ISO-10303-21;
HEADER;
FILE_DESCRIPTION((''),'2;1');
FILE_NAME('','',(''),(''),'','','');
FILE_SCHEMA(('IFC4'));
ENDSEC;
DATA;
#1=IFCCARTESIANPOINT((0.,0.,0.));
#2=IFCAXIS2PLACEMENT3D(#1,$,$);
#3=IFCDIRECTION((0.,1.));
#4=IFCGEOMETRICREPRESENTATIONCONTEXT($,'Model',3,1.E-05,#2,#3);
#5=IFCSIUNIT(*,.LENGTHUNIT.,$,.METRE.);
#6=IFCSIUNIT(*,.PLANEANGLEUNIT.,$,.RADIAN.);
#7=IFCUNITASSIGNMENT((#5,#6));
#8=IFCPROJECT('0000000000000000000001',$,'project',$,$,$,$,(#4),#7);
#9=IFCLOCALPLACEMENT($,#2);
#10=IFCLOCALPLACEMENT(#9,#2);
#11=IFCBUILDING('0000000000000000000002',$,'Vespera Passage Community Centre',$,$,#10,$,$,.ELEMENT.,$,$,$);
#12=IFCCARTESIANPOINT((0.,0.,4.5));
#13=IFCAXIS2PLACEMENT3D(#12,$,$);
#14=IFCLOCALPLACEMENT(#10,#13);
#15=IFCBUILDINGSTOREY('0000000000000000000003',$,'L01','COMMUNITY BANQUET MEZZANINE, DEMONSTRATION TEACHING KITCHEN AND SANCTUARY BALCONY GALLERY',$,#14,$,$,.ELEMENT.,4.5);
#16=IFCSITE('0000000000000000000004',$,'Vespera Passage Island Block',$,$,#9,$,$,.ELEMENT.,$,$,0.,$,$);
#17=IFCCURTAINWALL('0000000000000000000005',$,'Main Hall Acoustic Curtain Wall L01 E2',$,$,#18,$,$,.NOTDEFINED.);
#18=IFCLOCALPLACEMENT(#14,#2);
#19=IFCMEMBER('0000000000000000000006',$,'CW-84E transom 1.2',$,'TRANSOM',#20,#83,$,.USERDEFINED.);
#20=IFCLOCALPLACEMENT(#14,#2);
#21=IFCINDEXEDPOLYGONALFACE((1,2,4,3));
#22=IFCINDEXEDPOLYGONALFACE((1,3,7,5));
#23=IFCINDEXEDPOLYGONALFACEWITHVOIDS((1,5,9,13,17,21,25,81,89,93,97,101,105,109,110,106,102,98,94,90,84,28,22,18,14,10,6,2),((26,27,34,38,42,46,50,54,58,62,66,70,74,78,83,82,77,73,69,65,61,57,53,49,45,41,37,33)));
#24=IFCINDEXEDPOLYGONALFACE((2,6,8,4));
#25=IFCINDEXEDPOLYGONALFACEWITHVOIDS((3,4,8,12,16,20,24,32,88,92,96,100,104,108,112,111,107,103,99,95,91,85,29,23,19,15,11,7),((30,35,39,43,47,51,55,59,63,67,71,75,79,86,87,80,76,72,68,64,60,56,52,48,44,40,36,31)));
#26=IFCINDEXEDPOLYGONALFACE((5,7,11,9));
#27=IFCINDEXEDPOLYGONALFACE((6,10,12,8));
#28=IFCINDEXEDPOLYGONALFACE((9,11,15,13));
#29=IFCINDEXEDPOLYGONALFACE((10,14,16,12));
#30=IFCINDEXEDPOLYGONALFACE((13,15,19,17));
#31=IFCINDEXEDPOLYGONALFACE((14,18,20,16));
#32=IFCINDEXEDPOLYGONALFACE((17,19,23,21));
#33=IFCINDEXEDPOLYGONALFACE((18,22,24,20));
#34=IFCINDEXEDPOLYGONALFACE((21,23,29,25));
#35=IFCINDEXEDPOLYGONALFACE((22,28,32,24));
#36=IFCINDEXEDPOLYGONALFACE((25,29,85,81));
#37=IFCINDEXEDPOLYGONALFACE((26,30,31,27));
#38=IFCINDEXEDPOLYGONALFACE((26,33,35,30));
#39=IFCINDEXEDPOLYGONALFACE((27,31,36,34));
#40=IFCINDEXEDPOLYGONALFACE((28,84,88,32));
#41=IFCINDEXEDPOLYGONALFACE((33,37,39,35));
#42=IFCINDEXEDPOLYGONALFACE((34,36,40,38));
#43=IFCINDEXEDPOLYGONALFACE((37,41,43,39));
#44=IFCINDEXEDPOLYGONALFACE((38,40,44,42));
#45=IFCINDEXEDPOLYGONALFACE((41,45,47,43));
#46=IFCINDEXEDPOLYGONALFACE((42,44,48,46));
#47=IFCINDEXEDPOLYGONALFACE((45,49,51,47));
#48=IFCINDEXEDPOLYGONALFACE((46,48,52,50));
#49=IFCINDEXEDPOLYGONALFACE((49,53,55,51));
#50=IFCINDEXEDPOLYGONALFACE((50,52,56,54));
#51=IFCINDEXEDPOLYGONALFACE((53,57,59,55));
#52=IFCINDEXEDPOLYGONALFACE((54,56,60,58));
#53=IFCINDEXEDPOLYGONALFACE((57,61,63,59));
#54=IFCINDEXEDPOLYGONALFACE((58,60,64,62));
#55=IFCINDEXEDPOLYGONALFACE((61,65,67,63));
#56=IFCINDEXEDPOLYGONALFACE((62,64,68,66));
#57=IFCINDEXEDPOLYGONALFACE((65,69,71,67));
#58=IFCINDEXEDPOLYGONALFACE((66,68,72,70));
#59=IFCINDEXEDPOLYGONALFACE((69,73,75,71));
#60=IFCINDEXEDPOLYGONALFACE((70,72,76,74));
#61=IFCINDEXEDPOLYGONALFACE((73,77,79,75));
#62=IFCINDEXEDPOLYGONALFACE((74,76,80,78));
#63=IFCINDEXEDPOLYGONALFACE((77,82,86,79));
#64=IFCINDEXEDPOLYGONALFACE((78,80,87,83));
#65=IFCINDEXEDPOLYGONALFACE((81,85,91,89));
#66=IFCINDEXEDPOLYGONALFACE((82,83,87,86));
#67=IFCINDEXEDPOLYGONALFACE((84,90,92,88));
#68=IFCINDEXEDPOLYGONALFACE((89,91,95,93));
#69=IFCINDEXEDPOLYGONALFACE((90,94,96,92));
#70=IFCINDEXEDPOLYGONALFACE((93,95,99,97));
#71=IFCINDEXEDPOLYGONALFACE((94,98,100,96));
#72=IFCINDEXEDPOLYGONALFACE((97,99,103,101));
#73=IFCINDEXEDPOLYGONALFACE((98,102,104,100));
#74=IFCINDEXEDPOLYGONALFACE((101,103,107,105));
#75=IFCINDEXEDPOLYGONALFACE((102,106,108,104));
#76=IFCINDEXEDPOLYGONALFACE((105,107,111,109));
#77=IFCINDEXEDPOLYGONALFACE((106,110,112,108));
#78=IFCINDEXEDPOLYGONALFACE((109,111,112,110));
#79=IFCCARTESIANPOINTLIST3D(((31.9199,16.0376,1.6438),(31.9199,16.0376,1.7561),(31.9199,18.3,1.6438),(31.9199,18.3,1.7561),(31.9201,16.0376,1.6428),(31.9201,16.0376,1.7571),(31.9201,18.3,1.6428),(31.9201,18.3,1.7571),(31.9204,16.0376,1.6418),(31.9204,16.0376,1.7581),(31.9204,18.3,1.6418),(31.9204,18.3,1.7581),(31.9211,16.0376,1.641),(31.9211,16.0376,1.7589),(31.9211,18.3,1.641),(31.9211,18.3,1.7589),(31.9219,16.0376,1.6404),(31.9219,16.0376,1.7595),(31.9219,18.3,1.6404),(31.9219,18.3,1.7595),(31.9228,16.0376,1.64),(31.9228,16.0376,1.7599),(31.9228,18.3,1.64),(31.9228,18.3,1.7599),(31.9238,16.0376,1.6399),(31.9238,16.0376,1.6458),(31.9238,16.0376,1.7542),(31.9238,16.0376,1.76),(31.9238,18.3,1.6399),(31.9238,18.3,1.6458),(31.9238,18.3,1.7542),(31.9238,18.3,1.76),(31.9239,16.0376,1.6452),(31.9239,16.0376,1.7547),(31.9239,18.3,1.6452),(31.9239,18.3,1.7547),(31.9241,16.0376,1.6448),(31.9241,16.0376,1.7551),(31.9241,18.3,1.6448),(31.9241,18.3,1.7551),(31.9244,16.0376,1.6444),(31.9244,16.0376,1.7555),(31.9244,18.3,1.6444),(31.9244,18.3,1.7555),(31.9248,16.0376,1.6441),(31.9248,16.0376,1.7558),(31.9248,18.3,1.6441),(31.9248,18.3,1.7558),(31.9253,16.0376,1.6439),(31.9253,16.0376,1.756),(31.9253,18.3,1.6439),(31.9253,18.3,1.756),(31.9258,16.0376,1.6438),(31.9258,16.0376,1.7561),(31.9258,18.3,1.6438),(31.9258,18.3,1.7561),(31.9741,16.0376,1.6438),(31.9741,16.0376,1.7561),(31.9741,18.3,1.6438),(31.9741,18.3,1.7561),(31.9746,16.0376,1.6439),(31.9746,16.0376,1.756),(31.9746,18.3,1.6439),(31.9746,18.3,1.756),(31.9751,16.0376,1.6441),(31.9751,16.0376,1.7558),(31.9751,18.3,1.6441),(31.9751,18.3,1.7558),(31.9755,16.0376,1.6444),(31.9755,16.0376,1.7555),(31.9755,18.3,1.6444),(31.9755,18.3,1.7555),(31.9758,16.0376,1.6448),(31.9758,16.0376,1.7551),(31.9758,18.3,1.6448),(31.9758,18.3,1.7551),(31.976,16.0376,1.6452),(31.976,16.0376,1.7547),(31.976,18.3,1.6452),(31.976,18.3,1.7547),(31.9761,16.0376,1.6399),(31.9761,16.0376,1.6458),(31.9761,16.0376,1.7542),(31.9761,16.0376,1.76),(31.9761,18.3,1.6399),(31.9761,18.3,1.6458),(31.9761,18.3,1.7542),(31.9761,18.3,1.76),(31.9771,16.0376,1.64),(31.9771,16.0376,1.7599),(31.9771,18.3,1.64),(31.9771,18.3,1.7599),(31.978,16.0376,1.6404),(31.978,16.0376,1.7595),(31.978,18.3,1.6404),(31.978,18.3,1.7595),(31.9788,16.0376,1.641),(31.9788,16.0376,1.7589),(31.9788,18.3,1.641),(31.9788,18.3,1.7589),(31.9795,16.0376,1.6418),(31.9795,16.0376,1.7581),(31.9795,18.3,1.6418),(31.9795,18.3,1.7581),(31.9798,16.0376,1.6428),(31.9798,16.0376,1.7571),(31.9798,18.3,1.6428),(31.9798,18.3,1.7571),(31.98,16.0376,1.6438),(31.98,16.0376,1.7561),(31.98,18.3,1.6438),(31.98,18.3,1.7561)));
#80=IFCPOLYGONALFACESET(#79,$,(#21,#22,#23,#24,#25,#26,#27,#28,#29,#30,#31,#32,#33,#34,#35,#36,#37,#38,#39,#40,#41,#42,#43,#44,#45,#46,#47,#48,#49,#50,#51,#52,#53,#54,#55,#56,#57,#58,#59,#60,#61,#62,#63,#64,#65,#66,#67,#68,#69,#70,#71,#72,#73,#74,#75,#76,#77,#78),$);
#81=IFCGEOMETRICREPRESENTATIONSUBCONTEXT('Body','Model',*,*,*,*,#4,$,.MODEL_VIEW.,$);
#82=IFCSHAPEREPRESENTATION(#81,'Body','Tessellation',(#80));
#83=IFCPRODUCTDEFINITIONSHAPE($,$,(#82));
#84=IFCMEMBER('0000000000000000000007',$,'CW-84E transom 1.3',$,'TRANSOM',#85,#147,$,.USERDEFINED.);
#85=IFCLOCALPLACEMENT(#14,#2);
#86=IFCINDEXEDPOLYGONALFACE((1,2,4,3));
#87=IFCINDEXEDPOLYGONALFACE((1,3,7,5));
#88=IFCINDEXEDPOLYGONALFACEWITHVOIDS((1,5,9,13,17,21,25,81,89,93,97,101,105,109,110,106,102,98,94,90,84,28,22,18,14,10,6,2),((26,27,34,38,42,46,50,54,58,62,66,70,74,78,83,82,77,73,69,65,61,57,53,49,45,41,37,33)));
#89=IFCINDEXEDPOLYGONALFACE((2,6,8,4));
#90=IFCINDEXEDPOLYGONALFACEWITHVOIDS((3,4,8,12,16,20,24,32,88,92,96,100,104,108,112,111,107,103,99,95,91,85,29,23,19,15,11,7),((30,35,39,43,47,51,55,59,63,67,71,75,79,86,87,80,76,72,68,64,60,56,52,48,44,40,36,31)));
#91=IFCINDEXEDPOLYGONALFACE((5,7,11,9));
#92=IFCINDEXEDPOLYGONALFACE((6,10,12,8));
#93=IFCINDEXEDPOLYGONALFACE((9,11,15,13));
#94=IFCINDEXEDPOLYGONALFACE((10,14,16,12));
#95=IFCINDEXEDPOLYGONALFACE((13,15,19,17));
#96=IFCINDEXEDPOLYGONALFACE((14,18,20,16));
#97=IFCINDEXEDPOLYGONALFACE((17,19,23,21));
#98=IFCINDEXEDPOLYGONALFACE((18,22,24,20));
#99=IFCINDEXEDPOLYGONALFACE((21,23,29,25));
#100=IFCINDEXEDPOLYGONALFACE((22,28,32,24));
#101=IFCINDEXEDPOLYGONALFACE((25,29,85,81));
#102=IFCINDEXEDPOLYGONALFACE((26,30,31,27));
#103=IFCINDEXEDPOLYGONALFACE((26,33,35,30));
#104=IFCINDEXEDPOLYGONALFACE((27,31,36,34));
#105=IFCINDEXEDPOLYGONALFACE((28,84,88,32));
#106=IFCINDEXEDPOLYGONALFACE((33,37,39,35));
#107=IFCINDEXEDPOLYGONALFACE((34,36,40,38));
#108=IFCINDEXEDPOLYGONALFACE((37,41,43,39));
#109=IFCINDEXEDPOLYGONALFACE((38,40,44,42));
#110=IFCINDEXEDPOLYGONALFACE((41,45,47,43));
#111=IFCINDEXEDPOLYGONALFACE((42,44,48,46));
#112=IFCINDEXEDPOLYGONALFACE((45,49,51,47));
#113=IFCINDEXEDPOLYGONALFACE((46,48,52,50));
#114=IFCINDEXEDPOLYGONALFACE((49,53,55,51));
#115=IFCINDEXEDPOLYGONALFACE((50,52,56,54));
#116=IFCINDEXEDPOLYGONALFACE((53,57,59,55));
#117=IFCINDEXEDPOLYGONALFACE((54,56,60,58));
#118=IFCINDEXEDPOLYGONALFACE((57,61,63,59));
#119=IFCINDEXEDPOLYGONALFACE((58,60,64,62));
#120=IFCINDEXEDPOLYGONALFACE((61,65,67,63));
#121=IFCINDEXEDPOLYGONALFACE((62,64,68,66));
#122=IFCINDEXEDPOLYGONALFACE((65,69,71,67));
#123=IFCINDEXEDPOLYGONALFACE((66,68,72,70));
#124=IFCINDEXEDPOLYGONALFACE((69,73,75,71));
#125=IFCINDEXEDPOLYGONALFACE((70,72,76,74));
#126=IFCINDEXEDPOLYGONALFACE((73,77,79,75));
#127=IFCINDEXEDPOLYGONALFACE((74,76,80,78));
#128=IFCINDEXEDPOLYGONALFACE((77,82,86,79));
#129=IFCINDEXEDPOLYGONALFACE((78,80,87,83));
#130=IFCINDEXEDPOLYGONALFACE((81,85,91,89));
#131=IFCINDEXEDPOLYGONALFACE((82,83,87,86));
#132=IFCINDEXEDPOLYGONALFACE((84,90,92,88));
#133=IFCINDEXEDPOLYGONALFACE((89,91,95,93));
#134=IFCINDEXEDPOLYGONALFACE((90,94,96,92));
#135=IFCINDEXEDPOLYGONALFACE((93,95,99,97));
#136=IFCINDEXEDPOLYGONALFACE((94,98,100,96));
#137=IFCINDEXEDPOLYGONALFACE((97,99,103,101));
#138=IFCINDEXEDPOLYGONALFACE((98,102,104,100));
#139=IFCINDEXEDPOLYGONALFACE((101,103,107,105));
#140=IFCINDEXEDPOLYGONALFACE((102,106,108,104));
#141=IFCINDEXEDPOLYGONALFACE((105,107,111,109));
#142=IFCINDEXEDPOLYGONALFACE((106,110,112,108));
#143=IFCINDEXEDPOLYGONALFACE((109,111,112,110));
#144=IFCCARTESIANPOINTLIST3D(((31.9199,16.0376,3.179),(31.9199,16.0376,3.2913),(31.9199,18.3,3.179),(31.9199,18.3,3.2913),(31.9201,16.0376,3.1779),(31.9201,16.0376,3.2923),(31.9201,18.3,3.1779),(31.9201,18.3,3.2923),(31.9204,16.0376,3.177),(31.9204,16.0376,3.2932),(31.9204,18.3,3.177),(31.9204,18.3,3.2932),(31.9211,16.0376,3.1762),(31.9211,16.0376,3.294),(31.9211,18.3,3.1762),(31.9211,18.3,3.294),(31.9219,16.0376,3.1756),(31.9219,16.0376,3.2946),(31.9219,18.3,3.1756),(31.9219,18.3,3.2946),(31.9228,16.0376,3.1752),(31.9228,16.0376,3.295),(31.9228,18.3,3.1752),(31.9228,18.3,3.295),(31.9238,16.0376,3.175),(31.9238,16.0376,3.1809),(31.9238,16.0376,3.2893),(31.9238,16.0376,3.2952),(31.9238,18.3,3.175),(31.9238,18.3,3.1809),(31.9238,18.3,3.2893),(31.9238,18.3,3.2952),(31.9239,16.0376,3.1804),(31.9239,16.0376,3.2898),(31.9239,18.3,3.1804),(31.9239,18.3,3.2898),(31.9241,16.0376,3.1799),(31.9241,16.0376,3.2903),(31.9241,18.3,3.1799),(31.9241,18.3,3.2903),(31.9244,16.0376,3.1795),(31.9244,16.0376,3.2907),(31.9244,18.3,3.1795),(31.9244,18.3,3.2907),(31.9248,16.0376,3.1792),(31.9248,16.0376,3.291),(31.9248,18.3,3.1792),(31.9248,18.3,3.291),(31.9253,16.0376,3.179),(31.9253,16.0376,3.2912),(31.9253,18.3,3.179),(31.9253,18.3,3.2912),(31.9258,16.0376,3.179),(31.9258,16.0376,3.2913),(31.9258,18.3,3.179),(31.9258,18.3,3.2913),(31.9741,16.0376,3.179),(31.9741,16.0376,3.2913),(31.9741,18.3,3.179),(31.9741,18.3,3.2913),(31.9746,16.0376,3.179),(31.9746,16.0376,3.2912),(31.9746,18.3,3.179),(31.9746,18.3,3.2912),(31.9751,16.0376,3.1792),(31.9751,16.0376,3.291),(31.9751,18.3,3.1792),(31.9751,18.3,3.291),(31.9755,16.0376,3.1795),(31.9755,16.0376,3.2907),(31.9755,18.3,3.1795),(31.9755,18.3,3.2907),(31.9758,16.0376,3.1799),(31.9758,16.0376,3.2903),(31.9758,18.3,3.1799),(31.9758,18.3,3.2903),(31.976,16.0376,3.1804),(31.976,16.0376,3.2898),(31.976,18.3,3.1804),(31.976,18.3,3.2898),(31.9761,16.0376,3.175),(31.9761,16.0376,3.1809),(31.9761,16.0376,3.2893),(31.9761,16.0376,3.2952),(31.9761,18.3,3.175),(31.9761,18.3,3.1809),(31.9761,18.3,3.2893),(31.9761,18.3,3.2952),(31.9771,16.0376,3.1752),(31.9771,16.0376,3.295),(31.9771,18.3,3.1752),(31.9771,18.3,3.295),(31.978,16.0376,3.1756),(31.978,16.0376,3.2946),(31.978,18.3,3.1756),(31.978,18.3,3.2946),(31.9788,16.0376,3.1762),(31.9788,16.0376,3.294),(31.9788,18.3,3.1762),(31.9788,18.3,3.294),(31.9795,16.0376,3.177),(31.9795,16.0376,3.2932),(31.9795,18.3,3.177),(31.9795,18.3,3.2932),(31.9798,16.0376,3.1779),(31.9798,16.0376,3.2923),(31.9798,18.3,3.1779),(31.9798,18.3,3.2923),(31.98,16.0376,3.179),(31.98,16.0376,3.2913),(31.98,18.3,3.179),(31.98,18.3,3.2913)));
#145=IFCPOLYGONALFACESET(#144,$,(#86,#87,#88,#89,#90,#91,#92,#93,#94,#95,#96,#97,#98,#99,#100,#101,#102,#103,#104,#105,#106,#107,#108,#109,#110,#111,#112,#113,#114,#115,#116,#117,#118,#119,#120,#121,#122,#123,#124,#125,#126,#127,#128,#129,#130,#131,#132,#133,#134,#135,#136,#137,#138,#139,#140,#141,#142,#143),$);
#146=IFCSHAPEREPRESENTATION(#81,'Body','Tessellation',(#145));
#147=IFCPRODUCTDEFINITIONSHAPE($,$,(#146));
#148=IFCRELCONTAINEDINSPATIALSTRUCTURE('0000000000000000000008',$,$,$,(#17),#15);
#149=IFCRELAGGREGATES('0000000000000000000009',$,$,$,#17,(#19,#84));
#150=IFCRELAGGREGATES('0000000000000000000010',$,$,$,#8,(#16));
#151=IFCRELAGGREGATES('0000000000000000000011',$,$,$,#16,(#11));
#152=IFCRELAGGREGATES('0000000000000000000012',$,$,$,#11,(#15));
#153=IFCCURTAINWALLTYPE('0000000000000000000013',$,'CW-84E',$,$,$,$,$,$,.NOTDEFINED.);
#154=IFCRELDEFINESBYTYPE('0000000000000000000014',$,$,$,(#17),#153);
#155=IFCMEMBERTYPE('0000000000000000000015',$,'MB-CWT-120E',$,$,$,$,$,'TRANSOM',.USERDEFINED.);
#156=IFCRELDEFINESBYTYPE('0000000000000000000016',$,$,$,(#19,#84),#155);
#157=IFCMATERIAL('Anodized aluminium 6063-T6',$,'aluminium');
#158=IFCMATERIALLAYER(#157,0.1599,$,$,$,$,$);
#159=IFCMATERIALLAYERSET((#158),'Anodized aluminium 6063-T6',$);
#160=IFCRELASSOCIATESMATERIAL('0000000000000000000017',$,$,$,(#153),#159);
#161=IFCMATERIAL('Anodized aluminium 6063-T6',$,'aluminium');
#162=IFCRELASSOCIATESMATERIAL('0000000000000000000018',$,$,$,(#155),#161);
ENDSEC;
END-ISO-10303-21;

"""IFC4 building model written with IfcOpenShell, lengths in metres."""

from ifc_helpers import new_model, si_unit, direction, frame, origin, origin_2d, place, context, subcontext, project, spatial, hollow_rectangle, extrude, material, layer, layer_set, material_profile, profile_set, type_object, element, aggregate, save


model = new_model("IFC4")

# Units and contexts
model_context = context("Model", 3, precision=1e-05, world=origin(), true_north=direction((0.0, 1.0)))
body_context = subcontext(model_context, "Body", "Model", "MODEL_VIEW")
ifc_project = project(units=[si_unit("LENGTHUNIT", "METRE"), si_unit("PLANEANGLEUNIT", "RADIAN")], contexts=[model_context])

# Site, building, storey
site_placement = place(None, origin())
site = spatial("IfcSite", under=ifc_project, at=site_placement, Name="Vespera Passage Island Block", CompositionType="ELEMENT", RefElevation=0.0)
building_placement = place(site_placement, origin())
building = spatial("IfcBuilding", under=site, at=building_placement, Name="Vespera Passage Community Centre", CompositionType="ELEMENT")
storey_placement = place(building_placement, frame((0.0, 0.0, 4.5)))
storey = spatial("IfcBuildingStorey", under=building, at=storey_placement, Name="L01", Description="COMMUNITY BANQUET MEZZANINE, DEMONSTRATION TEACHING KITCHEN AND SANCTUARY BALCONY GALLERY", CompositionType="ELEMENT", Elevation=4.5)

# Curtain wall
ifc_material_1 = material(Name="Anodized aluminium 6063-T6", Category="aluminium")
ifc_layer_1 = layer(ifc_material_1, 0.1599)
ifc_layer_set_1 = layer_set([ifc_layer_1], Name="Anodized aluminium 6063-T6")
curtain_wall_type = type_object("IfcCurtainWallType", Name="CW-84E", PredefinedType="NOTDEFINED", material=ifc_layer_set_1)
curtain_wall_1_placement = place(storey_placement, origin())
curtain_wall_1 = element("IfcCurtainWall", 1, at=curtain_wall_1_placement, inside=storey, type_object=curtain_wall_type, Name="Main Hall Acoustic Curtain Wall L01 E2", PredefinedType="NOTDEFINED")

# Members
ifc_material_2 = material(Name="Anodized aluminium 6063-T6", Category="aluminium")
ifc_material_profile_1 = material_profile(ifc_material_2, hollow_rectangle(XDim=0.0601, YDim=0.1201, WallThickness=0.0039, InnerFilletRadius=0.002, OuterFilletRadius=0.0039, at=origin_2d()), Name="ALU120X60X4")
ifc_profile_set_1 = profile_set([ifc_material_profile_1], Name="Anodized aluminium 6063-T6")
member_type_1 = type_object("IfcMemberType", Name="MB-CWT-120E", ElementType="TRANSOM", PredefinedType="USERDEFINED", material=ifc_profile_set_1)
member_1_placement = place(storey_placement, frame((31.95, 18.3, 1.7), z_axis=(0.0, -1.0, 0.0), x_axis=(1.0, 0.0, 0.0)))
member_1 = element("IfcMember", 2, at=member_1_placement, type_object=member_type_1, Name="CW-84E transom 1.2", ObjectType="TRANSOM", PredefinedType="USERDEFINED", context=body_context, shape_type="SweptSolid", body=[
    extrude(hollow_rectangle(XDim=0.0601, YDim=0.1201, WallThickness=0.0039, InnerFilletRadius=0.002, OuterFilletRadius=0.0039, at=origin_2d()), origin(), (0.0, 0.0, 1.0), 2.2625),
])
member_2_placement = place(storey_placement, frame((31.95, 18.3, 3.2351), z_axis=(0.0, -1.0, 0.0), x_axis=(1.0, 0.0, 0.0)))
member_2 = element("IfcMember", 3, at=member_2_placement, type_object=member_type_1, Name="CW-84E transom 1.3", ObjectType="TRANSOM", PredefinedType="USERDEFINED", context=body_context, shape_type="SweptSolid", body=[
    extrude(hollow_rectangle(XDim=0.0601, YDim=0.1201, WallThickness=0.0039, InnerFilletRadius=0.002, OuterFilletRadius=0.0039, at=origin_2d()), origin(), (0.0, 0.0, 1.0), 2.2625),
])

aggregate(curtain_wall_1, [member_1, member_2])

save(model, "model.ifc")
